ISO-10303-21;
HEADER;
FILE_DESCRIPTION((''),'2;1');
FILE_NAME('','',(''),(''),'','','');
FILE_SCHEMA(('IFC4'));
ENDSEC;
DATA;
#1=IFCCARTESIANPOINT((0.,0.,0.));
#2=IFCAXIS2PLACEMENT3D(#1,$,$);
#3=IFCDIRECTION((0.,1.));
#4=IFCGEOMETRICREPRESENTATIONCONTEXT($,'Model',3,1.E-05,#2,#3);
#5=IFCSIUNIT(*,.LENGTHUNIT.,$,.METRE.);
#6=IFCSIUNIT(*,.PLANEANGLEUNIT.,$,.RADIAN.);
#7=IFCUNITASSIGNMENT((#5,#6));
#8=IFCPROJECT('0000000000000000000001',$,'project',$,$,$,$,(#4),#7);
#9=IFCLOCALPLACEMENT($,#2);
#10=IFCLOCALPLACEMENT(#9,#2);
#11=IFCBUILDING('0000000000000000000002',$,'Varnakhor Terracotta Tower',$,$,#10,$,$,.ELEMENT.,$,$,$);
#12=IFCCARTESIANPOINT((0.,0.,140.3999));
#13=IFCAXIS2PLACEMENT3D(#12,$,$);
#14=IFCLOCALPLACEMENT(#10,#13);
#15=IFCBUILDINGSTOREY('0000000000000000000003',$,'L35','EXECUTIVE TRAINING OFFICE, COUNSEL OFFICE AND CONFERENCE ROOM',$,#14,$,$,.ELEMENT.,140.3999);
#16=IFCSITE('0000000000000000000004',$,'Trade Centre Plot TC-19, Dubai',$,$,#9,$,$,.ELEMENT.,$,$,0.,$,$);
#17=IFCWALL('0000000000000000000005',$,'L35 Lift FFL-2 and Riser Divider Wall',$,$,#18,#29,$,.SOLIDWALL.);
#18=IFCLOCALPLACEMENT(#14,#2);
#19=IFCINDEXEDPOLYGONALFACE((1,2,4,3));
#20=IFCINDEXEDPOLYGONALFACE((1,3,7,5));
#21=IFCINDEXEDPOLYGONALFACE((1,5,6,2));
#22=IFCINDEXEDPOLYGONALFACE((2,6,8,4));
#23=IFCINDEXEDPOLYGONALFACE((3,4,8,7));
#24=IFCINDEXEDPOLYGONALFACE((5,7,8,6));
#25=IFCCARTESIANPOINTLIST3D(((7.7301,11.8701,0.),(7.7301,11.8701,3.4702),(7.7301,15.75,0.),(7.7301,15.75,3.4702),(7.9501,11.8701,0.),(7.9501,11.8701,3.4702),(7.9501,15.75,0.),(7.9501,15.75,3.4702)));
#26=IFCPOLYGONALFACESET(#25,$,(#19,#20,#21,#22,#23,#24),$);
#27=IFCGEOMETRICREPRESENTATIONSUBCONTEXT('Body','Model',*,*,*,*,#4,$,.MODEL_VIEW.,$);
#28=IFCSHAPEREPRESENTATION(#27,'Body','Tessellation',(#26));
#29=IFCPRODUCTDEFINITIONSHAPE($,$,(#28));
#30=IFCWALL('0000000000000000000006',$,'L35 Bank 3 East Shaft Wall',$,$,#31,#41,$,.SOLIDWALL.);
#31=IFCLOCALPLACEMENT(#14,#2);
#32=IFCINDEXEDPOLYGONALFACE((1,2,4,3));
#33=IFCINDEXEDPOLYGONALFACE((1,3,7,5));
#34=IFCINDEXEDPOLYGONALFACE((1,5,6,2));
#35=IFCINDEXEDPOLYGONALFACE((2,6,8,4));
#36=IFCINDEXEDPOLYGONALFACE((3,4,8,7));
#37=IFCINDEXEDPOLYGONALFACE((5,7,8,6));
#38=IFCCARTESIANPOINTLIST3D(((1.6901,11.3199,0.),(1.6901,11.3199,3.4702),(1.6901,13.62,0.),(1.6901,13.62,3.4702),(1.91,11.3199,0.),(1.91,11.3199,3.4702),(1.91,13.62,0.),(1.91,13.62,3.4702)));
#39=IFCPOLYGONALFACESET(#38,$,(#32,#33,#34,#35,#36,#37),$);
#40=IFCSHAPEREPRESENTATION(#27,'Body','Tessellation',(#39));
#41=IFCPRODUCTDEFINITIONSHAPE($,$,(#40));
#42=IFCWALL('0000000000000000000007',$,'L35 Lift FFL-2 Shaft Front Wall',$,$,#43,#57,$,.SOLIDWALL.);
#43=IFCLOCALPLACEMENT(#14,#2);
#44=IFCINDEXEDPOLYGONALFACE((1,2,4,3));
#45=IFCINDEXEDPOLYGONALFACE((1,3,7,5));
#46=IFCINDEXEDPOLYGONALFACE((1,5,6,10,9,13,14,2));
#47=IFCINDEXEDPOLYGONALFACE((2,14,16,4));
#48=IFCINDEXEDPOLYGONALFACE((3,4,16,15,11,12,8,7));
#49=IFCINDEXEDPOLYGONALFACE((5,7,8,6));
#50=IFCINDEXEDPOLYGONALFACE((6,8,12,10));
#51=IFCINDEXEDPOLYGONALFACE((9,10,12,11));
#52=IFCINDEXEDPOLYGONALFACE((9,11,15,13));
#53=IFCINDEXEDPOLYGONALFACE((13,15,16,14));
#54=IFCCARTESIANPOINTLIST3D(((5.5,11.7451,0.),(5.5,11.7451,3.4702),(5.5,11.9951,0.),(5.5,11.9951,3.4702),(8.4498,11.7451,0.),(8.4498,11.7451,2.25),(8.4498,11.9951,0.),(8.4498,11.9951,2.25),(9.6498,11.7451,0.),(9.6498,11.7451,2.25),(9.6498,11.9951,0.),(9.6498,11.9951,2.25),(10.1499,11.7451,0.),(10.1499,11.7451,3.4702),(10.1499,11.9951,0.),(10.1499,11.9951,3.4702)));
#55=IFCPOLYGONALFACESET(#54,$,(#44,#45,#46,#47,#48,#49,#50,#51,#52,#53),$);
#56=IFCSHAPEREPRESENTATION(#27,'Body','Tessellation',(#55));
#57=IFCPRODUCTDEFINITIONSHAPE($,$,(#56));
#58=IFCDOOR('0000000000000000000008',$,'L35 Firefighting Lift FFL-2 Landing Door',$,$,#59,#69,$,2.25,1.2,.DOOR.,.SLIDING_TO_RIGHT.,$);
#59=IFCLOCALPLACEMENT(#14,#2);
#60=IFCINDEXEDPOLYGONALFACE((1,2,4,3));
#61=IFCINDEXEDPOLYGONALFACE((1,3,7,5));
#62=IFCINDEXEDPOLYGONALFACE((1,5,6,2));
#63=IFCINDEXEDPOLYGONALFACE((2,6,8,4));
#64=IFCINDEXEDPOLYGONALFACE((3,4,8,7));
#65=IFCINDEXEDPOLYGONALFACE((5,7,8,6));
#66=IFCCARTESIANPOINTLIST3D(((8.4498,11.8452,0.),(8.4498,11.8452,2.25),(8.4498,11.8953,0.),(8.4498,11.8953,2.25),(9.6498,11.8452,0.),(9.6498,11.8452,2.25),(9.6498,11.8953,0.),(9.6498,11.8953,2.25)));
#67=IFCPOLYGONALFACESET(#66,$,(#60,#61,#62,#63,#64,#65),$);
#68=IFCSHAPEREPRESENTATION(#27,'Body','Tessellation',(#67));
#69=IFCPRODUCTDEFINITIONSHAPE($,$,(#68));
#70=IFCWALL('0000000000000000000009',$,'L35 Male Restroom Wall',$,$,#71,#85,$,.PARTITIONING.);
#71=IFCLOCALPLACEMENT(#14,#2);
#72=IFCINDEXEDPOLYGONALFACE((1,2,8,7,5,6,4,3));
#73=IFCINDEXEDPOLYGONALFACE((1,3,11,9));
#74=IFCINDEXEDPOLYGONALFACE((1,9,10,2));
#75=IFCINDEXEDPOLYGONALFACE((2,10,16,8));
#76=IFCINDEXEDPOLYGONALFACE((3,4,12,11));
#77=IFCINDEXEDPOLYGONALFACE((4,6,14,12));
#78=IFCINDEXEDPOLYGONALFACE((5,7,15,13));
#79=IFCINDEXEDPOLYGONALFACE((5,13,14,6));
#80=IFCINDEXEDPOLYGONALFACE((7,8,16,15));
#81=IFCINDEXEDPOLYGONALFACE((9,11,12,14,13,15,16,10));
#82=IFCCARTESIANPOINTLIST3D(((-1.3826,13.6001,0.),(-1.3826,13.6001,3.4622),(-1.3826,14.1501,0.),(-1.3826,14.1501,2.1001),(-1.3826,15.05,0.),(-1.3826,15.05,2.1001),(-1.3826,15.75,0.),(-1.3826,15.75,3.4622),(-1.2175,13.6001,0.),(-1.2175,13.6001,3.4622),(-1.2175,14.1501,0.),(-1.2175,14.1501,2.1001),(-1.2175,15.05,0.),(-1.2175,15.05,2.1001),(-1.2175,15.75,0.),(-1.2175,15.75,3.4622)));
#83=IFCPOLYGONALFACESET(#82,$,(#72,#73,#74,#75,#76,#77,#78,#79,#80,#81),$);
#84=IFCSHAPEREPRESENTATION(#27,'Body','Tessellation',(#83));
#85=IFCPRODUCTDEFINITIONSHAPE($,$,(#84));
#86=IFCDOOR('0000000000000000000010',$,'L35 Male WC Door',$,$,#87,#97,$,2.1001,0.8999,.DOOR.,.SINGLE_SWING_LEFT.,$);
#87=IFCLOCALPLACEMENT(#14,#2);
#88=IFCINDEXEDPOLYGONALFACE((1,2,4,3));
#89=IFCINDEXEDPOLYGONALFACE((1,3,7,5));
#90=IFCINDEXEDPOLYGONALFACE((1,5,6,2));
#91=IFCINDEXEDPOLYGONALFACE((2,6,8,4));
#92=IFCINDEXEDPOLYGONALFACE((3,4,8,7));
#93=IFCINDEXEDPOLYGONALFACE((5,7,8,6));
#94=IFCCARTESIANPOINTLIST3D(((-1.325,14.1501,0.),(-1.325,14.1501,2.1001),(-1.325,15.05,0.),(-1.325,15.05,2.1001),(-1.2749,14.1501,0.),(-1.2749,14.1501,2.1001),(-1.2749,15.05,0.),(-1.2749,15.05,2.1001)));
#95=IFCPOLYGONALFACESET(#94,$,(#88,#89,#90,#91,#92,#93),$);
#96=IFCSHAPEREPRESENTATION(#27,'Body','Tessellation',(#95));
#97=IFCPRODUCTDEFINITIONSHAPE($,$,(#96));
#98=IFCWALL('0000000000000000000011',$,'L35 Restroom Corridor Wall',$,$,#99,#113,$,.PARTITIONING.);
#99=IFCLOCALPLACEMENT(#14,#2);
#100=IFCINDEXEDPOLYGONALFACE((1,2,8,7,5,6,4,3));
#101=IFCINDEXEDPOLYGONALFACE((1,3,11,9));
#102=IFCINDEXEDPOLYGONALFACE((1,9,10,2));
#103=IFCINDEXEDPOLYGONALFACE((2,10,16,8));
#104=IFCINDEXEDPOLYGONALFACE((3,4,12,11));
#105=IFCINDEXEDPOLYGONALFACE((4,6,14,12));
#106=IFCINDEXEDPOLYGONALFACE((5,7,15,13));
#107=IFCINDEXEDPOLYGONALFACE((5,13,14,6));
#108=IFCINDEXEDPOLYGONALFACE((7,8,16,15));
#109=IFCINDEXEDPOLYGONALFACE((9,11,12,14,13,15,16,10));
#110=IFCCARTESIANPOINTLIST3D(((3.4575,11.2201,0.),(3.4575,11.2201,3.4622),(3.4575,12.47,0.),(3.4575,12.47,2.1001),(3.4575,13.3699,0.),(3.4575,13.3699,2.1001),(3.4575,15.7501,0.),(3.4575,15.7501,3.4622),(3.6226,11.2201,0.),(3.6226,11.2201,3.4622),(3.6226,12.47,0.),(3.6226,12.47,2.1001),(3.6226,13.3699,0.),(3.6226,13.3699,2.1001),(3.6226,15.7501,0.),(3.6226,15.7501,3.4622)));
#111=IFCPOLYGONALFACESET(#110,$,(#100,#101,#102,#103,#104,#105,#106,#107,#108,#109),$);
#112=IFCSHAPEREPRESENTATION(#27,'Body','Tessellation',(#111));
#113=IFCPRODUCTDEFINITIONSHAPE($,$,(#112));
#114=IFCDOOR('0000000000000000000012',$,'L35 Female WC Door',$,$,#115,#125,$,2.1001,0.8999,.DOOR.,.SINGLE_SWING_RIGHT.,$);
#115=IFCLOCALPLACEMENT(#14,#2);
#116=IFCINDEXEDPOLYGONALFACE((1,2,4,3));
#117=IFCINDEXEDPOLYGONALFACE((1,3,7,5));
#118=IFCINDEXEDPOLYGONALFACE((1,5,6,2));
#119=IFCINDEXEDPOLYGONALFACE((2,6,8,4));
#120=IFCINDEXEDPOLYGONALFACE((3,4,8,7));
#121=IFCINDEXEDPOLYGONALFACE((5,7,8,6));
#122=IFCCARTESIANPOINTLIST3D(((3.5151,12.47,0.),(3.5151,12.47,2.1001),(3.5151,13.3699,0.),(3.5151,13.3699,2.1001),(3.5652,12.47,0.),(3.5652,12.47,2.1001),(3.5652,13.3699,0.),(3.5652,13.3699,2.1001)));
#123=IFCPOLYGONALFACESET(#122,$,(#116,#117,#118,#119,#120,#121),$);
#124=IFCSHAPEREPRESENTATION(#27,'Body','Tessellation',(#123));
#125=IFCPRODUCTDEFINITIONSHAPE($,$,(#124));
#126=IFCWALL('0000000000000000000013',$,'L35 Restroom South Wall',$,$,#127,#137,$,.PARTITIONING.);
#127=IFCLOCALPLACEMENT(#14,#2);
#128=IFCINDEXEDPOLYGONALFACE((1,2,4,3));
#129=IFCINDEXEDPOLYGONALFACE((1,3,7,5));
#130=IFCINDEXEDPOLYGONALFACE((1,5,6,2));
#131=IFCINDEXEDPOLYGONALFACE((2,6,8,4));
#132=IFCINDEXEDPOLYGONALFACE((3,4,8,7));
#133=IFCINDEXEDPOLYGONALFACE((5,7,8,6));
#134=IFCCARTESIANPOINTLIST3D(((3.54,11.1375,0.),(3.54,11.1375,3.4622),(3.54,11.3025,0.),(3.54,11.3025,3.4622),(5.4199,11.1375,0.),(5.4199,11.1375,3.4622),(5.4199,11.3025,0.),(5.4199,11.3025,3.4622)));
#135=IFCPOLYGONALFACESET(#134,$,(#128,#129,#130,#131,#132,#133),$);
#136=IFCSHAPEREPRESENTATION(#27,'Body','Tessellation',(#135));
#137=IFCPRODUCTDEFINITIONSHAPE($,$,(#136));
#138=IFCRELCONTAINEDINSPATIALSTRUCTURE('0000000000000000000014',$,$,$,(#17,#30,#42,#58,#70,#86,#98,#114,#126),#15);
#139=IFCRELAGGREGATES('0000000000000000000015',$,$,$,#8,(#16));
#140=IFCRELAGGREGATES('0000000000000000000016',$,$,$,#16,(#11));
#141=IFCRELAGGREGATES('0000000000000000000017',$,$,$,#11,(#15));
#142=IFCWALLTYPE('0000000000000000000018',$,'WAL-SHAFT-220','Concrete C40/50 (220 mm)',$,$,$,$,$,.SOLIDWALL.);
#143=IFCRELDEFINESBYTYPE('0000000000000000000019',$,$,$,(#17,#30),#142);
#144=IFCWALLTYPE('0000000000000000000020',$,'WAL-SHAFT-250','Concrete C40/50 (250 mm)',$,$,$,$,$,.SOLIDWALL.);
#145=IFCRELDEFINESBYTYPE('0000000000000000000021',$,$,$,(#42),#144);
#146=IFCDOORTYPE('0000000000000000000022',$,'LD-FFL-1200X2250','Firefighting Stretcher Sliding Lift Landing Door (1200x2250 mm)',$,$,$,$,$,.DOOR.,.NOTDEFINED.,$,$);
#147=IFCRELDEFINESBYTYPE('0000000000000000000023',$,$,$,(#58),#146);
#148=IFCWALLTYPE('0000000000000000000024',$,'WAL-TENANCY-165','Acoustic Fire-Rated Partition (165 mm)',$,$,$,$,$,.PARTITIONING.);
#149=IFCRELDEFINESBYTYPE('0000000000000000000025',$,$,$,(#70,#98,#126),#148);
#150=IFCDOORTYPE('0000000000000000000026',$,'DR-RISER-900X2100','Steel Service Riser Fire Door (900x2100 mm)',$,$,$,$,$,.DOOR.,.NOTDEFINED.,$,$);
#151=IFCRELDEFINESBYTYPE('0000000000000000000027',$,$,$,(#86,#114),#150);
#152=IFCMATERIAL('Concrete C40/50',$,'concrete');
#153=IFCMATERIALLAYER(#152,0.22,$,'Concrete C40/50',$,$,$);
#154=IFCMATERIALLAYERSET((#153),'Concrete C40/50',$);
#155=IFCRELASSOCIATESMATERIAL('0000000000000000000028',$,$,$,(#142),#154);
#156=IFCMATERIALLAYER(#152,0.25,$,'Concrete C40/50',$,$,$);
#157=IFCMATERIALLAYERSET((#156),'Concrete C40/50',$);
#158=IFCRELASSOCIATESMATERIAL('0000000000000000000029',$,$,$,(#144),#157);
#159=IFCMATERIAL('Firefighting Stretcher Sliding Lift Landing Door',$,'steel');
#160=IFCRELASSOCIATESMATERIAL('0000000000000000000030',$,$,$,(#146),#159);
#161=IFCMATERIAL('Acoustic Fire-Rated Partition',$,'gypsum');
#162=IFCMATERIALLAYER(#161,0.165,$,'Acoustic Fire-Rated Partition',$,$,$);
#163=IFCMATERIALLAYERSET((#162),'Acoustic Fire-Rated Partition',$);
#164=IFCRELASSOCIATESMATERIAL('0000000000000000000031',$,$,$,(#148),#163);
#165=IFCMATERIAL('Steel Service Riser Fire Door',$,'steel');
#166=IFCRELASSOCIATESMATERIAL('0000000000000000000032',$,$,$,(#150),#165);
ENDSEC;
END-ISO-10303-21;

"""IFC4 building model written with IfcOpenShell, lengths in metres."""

from ifc_helpers import new_model, si_unit, direction, frame, frame_2d, origin, place, context, subcontext, project, spatial, rectangle, extrude, source, transform, mapped, material, layer, layer_set, type_object, type_shapes, element, fill, save


model = new_model("IFC4")

# Units and contexts
model_context = context("Model", 3, precision=1e-05, world=origin(), true_north=direction((0.0, 1.0)))
body_context = subcontext(model_context, "Body", "Model", "MODEL_VIEW")
ifc_project = project(units=[si_unit("LENGTHUNIT", "METRE"), si_unit("PLANEANGLEUNIT", "RADIAN")], contexts=[model_context])

# Site, building, storey
site_placement = place(None, origin())
site = spatial("IfcSite", under=ifc_project, at=site_placement, Name="Trade Centre Plot TC-19, Dubai", CompositionType="ELEMENT", RefElevation=0.0)
building_placement = place(site_placement, origin())
building = spatial("IfcBuilding", under=site, at=building_placement, Name="Varnakhor Terracotta Tower", CompositionType="ELEMENT")
storey_placement = place(building_placement, frame((0.0, 0.0, 140.3999)))
storey = spatial("IfcBuildingStorey", under=building, at=storey_placement, Name="L35", Description="EXECUTIVE TRAINING OFFICE, COUNSEL OFFICE AND CONFERENCE ROOM", CompositionType="ELEMENT", Elevation=140.3999)

# Walls
ifc_material_1 = material(Name="Concrete C40/50", Category="concrete")
ifc_layer_1 = layer(ifc_material_1, 0.22, Name="Concrete C40/50")
ifc_layer_set_1 = layer_set([ifc_layer_1], Name="Concrete C40/50")
wall_type_1 = type_object("IfcWallType", Name="WAL-SHAFT-220", Description="Concrete C40/50 (220 mm)", PredefinedType="SOLIDWALL", material=ifc_layer_set_1)
wall_1_placement = place(storey_placement, frame((7.8401, 11.8701, 0.0), z_axis=(0.0, 0.0, 1.0), x_axis=(0.0, 1.0, 0.0)))
element("IfcWall", 1, at=wall_1_placement, inside=storey, type_object=wall_type_1, Name="L35 Lift FFL-2 and Riser Divider Wall", PredefinedType="SOLIDWALL", context=body_context, shape_type="SweptSolid", body=[
    extrude(rectangle(XDim=3.8799, YDim=0.22, at=frame_2d((1.9399, 0.0))), origin(), (0.0, 0.0, 1.0), 3.4702),
])
wall_2_placement = place(storey_placement, frame((1.8, 11.3201, 0.0), z_axis=(0.0, 0.0, 1.0), x_axis=(0.0, 1.0, 0.0)))
element("IfcWall", 2, at=wall_2_placement, inside=storey, type_object=wall_type_1, Name="L35 Bank 3 East Shaft Wall", PredefinedType="SOLIDWALL", context=body_context, shape_type="SweptSolid", body=[
    extrude(rectangle(XDim=2.3, YDim=0.22, at=frame_2d((1.1499, 0.0))), origin(), (0.0, 0.0, 1.0), 3.4702),
])

# Walls, openings, doors
ifc_layer_2 = layer(ifc_material_1, 0.25, Name="Concrete C40/50")
ifc_layer_set_2 = layer_set([ifc_layer_2], Name="Concrete C40/50")
wall_type_2 = type_object("IfcWallType", Name="WAL-SHAFT-250", Description="Concrete C40/50 (250 mm)", PredefinedType="SOLIDWALL", material=ifc_layer_set_2)
wall_3_placement = place(storey_placement, frame((10.1499, 11.8701, 0.0), z_axis=(0.0, 0.0, 1.0), x_axis=(-1.0, 0.0, 0.0)))
wall_3 = element("IfcWall", 3, at=wall_3_placement, inside=storey, type_object=wall_type_2, Name="L35 Lift FFL-2 Shaft Front Wall", PredefinedType="SOLIDWALL", context=body_context, shape_type="SweptSolid", body=[
    extrude(rectangle(XDim=4.6499, YDim=0.25, at=frame_2d((2.325, 0.0))), origin(), (0.0, 0.0, 1.0), 3.4702),
])
opening_1_placement = place(wall_3_placement, frame((0.5, 0.0, 0.0)))
opening_1 = element("IfcOpeningElement", 4, at=opening_1_placement, cuts=wall_3, PredefinedType="OPENING", context=body_context, shape_type="SweptSolid", body=[
    extrude(rectangle(XDim=1.2, YDim=2.25, at=frame_2d((0.6001, 1.125))), frame((0.0, 0.135, 0.0), z_axis=(0.0, -1.0, 0.0), x_axis=(1.0, 0.0, 0.0)), (0.0, 0.0, 1.0), 0.27),
])
ifc_material_2 = material(Name="Firefighting Stretcher Sliding Lift Landing Door", Category="steel")
door_type_1 = type_object("IfcDoorType", Name="LD-FFL-1200X2250", Description="Firefighting Stretcher Sliding Lift Landing Door (1200x2250 mm)", OperationType="NOTDEFINED", PredefinedType="DOOR", material=ifc_material_2)
shared_shape_1 = source(origin(), body_context, "Body", "SweptSolid", [
    extrude(rectangle(XDim=1.2, YDim=2.25, at=frame_2d((0.6001, 1.125))), frame((0.0, 0.0249, 0.0), z_axis=(0.0, -1.0, 0.0), x_axis=(1.0, 0.0, 0.0)), (0.0, 0.0, 1.0), 0.05),
])
type_shapes(door_type_1, [shared_shape_1])
door_1_placement = place(opening_1_placement, origin())
door_1 = element("IfcDoor", 5, at=door_1_placement, inside=storey, type_object=door_type_1, Name="L35 Firefighting Lift FFL-2 Landing Door", OperationType="SLIDING_TO_RIGHT", OverallHeight=2.25, OverallWidth=1.2, PredefinedType="DOOR", context=body_context, shape_type="MappedRepresentation", body=[
    mapped(shared_shape_1, transform((0.0, 0.0, 0.0), scale=1.0)),
])
fill(opening_1, door_1)
ifc_material_3 = material(Name="Acoustic Fire-Rated Partition", Category="gypsum")
ifc_layer_3 = layer(ifc_material_3, 0.165, Name="Acoustic Fire-Rated Partition")
ifc_layer_set_3 = layer_set([ifc_layer_3], Name="Acoustic Fire-Rated Partition")
wall_type_3 = type_object("IfcWallType", Name="WAL-TENANCY-165", Description="Acoustic Fire-Rated Partition (165 mm)", PredefinedType="PARTITIONING", material=ifc_layer_set_3)
wall_4_placement = place(storey_placement, frame((-1.3, 13.6001, 0.0), z_axis=(0.0, 0.0, 1.0), x_axis=(0.0, 1.0, 0.0)))
wall_4 = element("IfcWall", 6, at=wall_4_placement, inside=storey, type_object=wall_type_3, Name="L35 Male Restroom Wall", PredefinedType="PARTITIONING", context=body_context, shape_type="SweptSolid", body=[
    extrude(rectangle(XDim=2.1499, YDim=0.165, at=frame_2d((1.075, 0.0))), origin(), (0.0, 0.0, 1.0), 3.4622),
])
opening_2_placement = place(wall_4_placement, frame((0.55, 0.0, 0.0)))
opening_2 = element("IfcOpeningElement", 7, at=opening_2_placement, cuts=wall_4, PredefinedType="OPENING", context=body_context, shape_type="SweptSolid", body=[
    extrude(rectangle(XDim=0.8999, YDim=2.1001, at=frame_2d((0.45, 1.05))), frame((0.0, 0.0925, 0.0), z_axis=(0.0, -1.0, 0.0), x_axis=(1.0, 0.0, 0.0)), (0.0, 0.0, 1.0), 0.1851),
])
ifc_material_4 = material(Name="Steel Service Riser Fire Door", Category="steel")
door_type_2 = type_object("IfcDoorType", Name="DR-RISER-900X2100", Description="Steel Service Riser Fire Door (900x2100 mm)", OperationType="NOTDEFINED", PredefinedType="DOOR", material=ifc_material_4)
shared_shape_2 = source(origin(), body_context, "Body", "SweptSolid", [
    extrude(rectangle(XDim=0.8999, YDim=2.1001, at=frame_2d((0.45, 1.05))), frame((0.0, 0.0249, 0.0), z_axis=(0.0, -1.0, 0.0), x_axis=(1.0, 0.0, 0.0)), (0.0, 0.0, 1.0), 0.05),
])
type_shapes(door_type_2, [shared_shape_2])
door_2_placement = place(opening_2_placement, origin())
door_2 = element("IfcDoor", 8, at=door_2_placement, inside=storey, type_object=door_type_2, Name="L35 Male WC Door", OperationType="SINGLE_SWING_LEFT", OverallHeight=2.1001, OverallWidth=0.8999, PredefinedType="DOOR", context=body_context, shape_type="MappedRepresentation", body=[
    mapped(shared_shape_2, transform((0.0, 0.0, 0.0), scale=1.0)),
])
fill(opening_2, door_2)
wall_5_placement = place(storey_placement, frame((3.54, 11.22, 0.0), z_axis=(0.0, 0.0, 1.0), x_axis=(0.0, 1.0, 0.0)))
wall_5 = element("IfcWall", 9, at=wall_5_placement, inside=storey, type_object=wall_type_3, Name="L35 Restroom Corridor Wall", PredefinedType="PARTITIONING", context=body_context, shape_type="SweptSolid", body=[
    extrude(rectangle(XDim=4.53, YDim=0.165, at=frame_2d((2.2651, 0.0))), origin(), (0.0, 0.0, 1.0), 3.4622),
])
opening_3_placement = place(wall_5_placement, frame((1.25, 0.0, 0.0)))
opening_3 = element("IfcOpeningElement", 10, at=opening_3_placement, cuts=wall_5, PredefinedType="OPENING", context=body_context, shape_type="SweptSolid", body=[
    extrude(rectangle(XDim=0.8999, YDim=2.1001, at=frame_2d((0.45, 1.05))), frame((0.0, 0.0925, 0.0), z_axis=(0.0, -1.0, 0.0), x_axis=(1.0, 0.0, 0.0)), (0.0, 0.0, 1.0), 0.1851),
])
door_3_placement = place(opening_3_placement, origin())
door_3 = element("IfcDoor", 11, at=door_3_placement, inside=storey, type_object=door_type_2, Name="L35 Female WC Door", OperationType="SINGLE_SWING_RIGHT", OverallHeight=2.1001, OverallWidth=0.8999, PredefinedType="DOOR", context=body_context, shape_type="MappedRepresentation", body=[
    mapped(shared_shape_2, transform((0.0, 0.0, 0.0), scale=1.0)),
])
fill(opening_3, door_3)

# Wall
wall_6_placement = place(storey_placement, frame((3.54, 11.22, 0.0), z_axis=(0.0, 0.0, 1.0), x_axis=(1.0, 0.0, 0.0)))
element("IfcWall", 12, at=wall_6_placement, inside=storey, type_object=wall_type_3, Name="L35 Restroom South Wall", PredefinedType="PARTITIONING", context=body_context, shape_type="SweptSolid", body=[
    extrude(rectangle(XDim=1.8799, YDim=0.165, at=frame_2d((0.9399, 0.0))), origin(), (0.0, 0.0, 1.0), 3.4622),
])

save(model, "model.ifc")
